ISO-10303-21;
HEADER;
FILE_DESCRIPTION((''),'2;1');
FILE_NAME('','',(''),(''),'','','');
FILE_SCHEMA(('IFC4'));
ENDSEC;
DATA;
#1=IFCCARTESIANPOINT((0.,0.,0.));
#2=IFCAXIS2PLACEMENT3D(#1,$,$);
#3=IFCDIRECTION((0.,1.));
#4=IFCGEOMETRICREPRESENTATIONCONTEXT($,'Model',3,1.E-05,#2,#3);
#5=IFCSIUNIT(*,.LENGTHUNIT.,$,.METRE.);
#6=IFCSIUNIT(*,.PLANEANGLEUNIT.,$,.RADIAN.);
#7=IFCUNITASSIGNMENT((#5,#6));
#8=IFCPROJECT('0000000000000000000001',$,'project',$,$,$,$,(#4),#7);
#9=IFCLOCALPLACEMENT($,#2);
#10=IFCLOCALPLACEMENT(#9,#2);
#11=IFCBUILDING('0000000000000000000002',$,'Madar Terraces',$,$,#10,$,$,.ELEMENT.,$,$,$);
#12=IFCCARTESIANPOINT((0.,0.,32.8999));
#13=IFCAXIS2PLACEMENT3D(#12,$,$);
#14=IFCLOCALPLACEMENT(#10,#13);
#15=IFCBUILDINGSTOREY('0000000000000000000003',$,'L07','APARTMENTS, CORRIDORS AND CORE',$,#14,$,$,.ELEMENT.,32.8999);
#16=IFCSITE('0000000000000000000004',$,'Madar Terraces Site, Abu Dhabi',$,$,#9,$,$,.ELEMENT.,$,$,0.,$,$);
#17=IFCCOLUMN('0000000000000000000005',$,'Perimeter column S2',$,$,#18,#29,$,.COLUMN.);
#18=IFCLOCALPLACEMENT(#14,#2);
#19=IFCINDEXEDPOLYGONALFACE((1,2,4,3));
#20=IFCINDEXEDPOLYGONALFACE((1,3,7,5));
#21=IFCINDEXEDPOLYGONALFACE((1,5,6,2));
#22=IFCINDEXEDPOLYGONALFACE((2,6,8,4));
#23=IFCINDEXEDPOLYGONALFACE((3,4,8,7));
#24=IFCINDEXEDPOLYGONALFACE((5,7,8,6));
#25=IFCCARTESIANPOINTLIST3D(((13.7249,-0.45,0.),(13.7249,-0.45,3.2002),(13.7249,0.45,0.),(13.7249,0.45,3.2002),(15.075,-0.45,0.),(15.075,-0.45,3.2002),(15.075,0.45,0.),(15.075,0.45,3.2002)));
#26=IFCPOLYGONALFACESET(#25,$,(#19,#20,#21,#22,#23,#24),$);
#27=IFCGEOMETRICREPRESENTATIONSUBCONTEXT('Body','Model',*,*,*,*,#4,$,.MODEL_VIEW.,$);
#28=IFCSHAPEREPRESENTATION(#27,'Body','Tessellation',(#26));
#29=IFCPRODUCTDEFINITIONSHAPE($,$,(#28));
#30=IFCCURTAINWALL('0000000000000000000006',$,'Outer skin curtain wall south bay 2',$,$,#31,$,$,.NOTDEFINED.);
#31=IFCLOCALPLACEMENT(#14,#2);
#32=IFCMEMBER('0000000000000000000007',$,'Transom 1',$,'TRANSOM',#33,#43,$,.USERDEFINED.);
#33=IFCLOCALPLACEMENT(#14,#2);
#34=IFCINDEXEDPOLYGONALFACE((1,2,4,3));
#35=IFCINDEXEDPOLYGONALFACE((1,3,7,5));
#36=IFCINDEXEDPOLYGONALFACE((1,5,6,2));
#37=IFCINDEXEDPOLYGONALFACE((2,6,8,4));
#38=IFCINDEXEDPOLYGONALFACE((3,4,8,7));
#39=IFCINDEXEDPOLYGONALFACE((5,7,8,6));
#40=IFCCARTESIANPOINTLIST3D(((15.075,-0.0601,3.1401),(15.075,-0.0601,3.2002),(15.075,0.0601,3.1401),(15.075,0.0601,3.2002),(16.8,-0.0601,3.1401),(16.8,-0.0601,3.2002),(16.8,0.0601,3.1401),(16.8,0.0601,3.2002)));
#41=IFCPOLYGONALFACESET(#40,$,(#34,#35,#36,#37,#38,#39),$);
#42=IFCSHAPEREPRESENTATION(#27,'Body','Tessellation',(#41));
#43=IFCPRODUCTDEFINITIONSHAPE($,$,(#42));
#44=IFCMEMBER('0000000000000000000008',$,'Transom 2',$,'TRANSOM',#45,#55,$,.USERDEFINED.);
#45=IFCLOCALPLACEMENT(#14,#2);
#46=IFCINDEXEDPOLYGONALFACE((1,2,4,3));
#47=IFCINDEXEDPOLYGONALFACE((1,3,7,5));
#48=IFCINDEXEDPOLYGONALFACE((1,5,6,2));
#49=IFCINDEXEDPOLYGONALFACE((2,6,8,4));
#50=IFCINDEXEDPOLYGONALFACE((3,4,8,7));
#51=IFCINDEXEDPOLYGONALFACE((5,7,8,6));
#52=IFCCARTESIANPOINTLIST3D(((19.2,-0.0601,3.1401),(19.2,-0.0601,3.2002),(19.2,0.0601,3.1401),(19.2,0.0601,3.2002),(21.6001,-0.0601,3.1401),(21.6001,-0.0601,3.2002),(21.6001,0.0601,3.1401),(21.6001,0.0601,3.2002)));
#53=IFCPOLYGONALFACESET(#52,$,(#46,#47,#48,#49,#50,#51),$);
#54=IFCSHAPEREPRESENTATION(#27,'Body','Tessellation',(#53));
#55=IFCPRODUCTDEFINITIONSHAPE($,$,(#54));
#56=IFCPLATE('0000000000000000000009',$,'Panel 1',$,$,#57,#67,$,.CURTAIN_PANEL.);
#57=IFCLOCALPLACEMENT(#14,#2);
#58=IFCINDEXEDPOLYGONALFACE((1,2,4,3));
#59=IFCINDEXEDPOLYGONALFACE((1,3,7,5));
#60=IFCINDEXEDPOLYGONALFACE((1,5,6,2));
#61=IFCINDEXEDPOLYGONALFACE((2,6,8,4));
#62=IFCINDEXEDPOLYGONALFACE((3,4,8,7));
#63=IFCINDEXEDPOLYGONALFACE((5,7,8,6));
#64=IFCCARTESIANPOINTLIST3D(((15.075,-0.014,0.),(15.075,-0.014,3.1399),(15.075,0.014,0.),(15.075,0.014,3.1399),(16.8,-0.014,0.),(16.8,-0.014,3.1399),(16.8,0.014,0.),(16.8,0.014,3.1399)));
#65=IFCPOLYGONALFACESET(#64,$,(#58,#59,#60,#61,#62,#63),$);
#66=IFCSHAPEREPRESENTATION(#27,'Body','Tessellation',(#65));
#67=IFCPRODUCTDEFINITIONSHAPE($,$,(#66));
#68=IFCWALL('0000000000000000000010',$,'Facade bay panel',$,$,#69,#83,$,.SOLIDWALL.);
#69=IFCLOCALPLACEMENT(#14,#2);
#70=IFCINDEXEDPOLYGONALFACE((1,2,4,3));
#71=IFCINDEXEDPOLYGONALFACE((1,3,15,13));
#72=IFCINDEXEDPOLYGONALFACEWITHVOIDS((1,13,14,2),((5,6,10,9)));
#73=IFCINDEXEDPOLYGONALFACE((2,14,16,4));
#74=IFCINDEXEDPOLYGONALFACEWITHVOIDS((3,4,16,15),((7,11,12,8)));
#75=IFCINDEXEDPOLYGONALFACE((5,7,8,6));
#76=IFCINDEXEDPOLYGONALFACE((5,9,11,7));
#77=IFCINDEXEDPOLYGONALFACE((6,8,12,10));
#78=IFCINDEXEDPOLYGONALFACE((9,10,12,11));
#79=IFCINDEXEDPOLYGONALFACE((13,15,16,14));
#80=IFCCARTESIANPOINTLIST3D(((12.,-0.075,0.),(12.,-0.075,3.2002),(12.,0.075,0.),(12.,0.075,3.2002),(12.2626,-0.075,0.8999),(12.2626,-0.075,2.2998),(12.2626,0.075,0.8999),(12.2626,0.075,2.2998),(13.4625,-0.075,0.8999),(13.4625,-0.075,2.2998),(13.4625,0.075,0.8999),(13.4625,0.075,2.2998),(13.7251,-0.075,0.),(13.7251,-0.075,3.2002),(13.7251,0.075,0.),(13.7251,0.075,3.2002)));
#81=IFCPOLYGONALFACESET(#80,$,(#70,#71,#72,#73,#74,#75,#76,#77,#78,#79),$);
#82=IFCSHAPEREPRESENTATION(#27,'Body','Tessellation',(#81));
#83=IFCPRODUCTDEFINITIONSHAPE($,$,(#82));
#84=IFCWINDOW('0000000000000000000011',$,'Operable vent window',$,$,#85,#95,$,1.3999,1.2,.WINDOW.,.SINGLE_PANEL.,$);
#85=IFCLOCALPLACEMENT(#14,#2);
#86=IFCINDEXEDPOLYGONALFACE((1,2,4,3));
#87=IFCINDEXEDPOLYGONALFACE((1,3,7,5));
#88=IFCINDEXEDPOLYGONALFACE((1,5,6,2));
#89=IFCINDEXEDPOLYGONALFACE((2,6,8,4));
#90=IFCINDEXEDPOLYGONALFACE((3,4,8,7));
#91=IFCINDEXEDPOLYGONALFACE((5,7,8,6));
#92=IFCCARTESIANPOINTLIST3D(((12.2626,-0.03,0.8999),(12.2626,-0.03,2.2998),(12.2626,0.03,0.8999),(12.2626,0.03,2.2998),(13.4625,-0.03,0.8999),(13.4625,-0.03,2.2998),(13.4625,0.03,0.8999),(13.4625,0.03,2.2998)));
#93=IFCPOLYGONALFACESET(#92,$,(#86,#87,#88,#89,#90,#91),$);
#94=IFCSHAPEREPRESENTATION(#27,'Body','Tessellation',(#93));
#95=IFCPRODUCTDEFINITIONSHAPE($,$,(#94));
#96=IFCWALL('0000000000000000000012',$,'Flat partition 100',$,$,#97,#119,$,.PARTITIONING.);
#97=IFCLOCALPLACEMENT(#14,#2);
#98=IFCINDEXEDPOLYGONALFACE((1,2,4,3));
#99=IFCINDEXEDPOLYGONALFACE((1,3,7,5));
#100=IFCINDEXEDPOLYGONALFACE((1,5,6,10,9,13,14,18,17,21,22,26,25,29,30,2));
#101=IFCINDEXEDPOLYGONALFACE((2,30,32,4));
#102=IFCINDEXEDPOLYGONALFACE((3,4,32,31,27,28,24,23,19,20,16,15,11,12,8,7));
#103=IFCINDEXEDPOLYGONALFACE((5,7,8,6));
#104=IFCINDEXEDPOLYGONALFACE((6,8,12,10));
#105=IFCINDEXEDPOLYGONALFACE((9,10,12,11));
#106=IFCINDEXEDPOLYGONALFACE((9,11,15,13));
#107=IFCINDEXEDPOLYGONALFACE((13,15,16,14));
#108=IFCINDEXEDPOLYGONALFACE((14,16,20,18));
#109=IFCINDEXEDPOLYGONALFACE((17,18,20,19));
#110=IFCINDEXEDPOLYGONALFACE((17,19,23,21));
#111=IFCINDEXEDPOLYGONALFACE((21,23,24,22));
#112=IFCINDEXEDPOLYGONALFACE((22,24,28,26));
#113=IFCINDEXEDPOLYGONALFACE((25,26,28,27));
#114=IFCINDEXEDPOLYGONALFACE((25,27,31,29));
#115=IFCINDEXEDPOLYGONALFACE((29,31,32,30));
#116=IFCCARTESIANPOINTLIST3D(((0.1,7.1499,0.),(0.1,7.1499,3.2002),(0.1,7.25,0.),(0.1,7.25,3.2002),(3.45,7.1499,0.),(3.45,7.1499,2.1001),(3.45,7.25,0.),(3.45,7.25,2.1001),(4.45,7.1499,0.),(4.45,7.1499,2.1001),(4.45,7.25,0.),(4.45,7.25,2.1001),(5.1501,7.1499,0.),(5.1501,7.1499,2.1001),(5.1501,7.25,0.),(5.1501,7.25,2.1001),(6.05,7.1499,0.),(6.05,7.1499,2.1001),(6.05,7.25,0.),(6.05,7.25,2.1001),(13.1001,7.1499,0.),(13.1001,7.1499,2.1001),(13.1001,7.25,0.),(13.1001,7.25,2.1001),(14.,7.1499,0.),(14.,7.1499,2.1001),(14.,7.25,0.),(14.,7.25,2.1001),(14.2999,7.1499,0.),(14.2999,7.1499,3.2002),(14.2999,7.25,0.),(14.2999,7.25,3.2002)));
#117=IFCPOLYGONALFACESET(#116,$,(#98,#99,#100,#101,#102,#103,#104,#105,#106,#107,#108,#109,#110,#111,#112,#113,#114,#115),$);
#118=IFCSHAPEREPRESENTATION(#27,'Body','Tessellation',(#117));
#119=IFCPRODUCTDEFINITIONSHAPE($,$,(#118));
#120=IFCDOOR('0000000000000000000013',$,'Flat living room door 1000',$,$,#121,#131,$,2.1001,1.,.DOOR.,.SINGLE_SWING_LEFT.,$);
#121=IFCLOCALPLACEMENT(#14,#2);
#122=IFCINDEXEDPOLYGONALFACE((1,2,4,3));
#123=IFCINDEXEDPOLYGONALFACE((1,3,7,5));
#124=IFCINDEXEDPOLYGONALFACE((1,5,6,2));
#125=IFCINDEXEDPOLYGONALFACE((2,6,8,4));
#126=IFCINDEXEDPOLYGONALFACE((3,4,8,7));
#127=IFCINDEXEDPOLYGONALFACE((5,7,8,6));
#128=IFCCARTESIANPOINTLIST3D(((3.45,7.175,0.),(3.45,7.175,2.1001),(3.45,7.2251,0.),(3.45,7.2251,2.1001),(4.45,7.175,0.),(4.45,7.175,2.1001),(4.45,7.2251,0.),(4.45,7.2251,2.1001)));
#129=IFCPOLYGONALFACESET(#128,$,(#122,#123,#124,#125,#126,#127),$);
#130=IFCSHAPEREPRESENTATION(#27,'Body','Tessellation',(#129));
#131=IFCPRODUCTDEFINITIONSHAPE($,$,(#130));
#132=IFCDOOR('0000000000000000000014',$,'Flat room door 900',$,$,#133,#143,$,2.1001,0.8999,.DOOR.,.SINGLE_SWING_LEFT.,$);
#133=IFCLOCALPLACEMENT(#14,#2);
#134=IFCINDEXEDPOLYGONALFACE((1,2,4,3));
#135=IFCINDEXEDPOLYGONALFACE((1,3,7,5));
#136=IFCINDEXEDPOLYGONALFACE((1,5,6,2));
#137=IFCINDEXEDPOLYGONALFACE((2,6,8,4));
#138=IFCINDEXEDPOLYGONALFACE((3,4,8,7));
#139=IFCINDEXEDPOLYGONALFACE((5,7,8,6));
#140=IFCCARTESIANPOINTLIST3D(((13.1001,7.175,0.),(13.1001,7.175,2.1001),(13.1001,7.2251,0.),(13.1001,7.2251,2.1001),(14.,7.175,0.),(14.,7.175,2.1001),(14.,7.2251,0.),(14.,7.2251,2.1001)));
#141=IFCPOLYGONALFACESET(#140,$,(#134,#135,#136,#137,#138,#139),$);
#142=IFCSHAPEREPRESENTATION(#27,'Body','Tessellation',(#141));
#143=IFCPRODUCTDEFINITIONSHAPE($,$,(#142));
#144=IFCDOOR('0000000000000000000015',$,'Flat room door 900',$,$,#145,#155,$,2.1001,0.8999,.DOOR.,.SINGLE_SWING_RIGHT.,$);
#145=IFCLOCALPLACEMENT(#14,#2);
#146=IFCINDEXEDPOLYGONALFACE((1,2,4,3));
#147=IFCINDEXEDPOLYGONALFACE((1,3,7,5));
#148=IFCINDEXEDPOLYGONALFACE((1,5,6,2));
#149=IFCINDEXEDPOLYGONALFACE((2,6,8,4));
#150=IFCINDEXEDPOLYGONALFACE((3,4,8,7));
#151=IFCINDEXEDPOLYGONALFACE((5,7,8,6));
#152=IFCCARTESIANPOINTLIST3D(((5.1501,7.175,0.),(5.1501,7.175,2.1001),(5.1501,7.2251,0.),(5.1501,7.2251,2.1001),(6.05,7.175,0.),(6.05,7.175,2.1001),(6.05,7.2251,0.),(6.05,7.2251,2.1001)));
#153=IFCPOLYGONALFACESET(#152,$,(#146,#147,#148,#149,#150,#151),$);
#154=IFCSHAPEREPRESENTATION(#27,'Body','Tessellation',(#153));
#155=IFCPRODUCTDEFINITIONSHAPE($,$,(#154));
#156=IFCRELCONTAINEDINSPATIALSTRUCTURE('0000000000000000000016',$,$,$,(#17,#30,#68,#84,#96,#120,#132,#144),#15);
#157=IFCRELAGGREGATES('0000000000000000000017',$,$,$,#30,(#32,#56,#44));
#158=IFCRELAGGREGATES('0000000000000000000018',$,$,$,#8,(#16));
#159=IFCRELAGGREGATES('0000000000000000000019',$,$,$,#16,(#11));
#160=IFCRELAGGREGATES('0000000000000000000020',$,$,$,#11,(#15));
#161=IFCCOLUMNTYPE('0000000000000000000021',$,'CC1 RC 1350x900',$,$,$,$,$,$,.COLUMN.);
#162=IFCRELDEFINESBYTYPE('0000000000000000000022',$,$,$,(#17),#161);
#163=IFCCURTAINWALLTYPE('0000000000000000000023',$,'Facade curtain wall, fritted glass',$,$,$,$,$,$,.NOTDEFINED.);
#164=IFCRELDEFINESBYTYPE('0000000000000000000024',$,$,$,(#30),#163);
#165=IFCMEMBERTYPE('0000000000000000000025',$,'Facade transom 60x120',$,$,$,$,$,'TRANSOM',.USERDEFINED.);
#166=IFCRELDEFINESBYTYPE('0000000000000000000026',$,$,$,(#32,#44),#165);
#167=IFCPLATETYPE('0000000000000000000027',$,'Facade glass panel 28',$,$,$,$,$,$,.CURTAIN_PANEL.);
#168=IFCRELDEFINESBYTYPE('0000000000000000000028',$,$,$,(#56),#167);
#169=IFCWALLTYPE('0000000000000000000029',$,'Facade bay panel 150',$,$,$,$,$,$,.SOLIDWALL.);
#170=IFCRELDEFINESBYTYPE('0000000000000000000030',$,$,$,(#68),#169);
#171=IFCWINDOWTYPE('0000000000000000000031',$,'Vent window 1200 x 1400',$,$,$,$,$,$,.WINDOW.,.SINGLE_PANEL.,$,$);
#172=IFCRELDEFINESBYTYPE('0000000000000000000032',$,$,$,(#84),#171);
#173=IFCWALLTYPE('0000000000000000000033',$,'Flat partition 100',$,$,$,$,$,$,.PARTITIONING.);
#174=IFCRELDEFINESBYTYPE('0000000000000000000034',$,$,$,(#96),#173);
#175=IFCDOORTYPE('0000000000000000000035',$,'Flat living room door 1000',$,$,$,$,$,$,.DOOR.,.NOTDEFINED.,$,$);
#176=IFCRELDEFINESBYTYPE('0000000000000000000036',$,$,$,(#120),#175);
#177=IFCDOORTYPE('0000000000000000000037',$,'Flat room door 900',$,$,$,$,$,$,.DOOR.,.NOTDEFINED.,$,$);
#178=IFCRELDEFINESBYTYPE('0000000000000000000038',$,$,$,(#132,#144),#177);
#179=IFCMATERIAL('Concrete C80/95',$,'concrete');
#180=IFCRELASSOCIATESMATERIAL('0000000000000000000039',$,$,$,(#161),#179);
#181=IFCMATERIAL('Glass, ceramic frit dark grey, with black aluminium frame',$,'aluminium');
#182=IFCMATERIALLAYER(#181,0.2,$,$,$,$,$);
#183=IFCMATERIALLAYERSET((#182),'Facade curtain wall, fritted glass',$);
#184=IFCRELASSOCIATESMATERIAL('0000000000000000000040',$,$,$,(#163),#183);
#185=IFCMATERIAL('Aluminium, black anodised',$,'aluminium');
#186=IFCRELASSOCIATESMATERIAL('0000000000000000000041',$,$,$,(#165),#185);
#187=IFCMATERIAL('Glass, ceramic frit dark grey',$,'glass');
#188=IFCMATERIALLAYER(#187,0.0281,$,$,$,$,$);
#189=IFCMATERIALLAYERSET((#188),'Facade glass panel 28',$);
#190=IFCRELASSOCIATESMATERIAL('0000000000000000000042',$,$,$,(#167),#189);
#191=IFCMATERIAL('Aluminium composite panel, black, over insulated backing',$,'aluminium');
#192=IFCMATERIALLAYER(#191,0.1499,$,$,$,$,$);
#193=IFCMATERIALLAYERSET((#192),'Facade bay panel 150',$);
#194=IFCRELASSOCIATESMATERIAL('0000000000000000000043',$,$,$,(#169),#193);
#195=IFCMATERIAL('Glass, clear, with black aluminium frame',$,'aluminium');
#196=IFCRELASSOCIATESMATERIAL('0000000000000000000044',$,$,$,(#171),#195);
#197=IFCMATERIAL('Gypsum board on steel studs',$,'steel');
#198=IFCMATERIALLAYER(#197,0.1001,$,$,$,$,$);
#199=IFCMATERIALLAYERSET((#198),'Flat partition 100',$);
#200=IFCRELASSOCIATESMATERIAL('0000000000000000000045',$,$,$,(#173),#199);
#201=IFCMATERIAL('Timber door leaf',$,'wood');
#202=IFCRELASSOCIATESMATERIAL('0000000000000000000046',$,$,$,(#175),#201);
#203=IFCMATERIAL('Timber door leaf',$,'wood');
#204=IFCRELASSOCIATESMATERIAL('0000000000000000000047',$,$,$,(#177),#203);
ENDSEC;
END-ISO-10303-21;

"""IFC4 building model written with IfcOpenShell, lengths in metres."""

from ifc_helpers import new_model, si_unit, direction, frame, frame_2d, origin, origin_2d, place, context, subcontext, project, spatial, rectangle, extrude, material, layer, layer_set, material_profile, profile_set, type_object, element, fill, aggregate, save


model = new_model("IFC4")

# Units and contexts
model_context = context("Model", 3, precision=1e-05, world=origin(), true_north=direction((0.0, 1.0)))
body_context = subcontext(model_context, "Body", "Model", "MODEL_VIEW")
ifc_project = project(units=[si_unit("LENGTHUNIT", "METRE"), si_unit("PLANEANGLEUNIT", "RADIAN")], contexts=[model_context])

# Site, building, storey
site_placement = place(None, origin())
site = spatial("IfcSite", under=ifc_project, at=site_placement, Name="Madar Terraces Site, Abu Dhabi", CompositionType="ELEMENT", RefElevation=0.0)
building_placement = place(site_placement, origin())
building = spatial("IfcBuilding", under=site, at=building_placement, Name="Madar Terraces", CompositionType="ELEMENT")
storey_placement = place(building_placement, frame((0.0, 0.0, 32.8999)))
storey = spatial("IfcBuildingStorey", under=building, at=storey_placement, Name="L07", Description="APARTMENTS, CORRIDORS AND CORE", CompositionType="ELEMENT", Elevation=32.8999)

# Column
ifc_material_1 = material(Name="Concrete C80/95", Category="concrete")
ifc_material_profile_1 = material_profile(ifc_material_1, rectangle(XDim=1.3501, YDim=0.8999, at=origin_2d()), Name="CC1 RC 1350x900")
ifc_profile_set_1 = profile_set([ifc_material_profile_1], Name="Concrete C80/95")
column_type = type_object("IfcColumnType", Name="CC1 RC 1350x900", PredefinedType="COLUMN", material=ifc_profile_set_1)
column_placement = place(storey_placement, frame((14.3999, 0.0, 0.0), z_axis=(0.0, 0.0, 1.0), x_axis=(1.0, 0.0, 0.0)))
element("IfcColumn", 1, at=column_placement, inside=storey, type_object=column_type, Name="Perimeter column S2", PredefinedType="COLUMN", context=body_context, shape_type="SweptSolid", body=[
    extrude(rectangle(XDim=1.3501, YDim=0.8999, at=origin_2d()), origin(), (0.0, 0.0, 1.0), 3.2002),
])

# Curtain wall, members, plate
ifc_material_2 = material(Name="Glass, ceramic frit dark grey, with black aluminium frame", Category="aluminium")
ifc_layer_1 = layer(ifc_material_2, 0.2)
ifc_layer_set_1 = layer_set([ifc_layer_1], Name="Facade curtain wall, fritted glass")
curtain_wall_type = type_object("IfcCurtainWallType", Name="Facade curtain wall, fritted glass", PredefinedType="NOTDEFINED", material=ifc_layer_set_1)
curtain_wall_placement = place(storey_placement, origin())
curtain_wall = element("IfcCurtainWall", 2, at=curtain_wall_placement, inside=storey, type_object=curtain_wall_type, Name="Outer skin curtain wall south bay 2", PredefinedType="NOTDEFINED")
ifc_material_3 = material(Name="Aluminium, black anodised", Category="aluminium")
ifc_material_profile_2 = material_profile(ifc_material_3, rectangle(XDim=0.1201, YDim=0.0601, at=origin_2d()), Name="Facade transom 60x120")
ifc_profile_set_2 = profile_set([ifc_material_profile_2], Name="Aluminium, black anodised")
member_type = type_object("IfcMemberType", Name="Facade transom 60x120", ElementType="TRANSOM", PredefinedType="USERDEFINED", material=ifc_profile_set_2)
member_1_placement = place(storey_placement, frame((15.075, 0.0, 3.1702), z_axis=(1.0, 0.0, 0.0), x_axis=(0.0, 1.0, 0.0)))
member_1 = element("IfcMember", 3, at=member_1_placement, type_object=member_type, Name="Transom 1", ObjectType="TRANSOM", PredefinedType="USERDEFINED", context=body_context, shape_type="SweptSolid", body=[
    extrude(rectangle(XDim=0.1201, YDim=0.0601, at=origin_2d()), origin(), (0.0, 0.0, 1.0), 1.7251),
])
member_2_placement = place(storey_placement, frame((19.2, 0.0, 3.1702), z_axis=(1.0, 0.0, 0.0), x_axis=(0.0, 1.0, 0.0)))
member_2 = element("IfcMember", 4, at=member_2_placement, type_object=member_type, Name="Transom 2", ObjectType="TRANSOM", PredefinedType="USERDEFINED", context=body_context, shape_type="SweptSolid", body=[
    extrude(rectangle(XDim=0.1201, YDim=0.0601, at=origin_2d()), origin(), (0.0, 0.0, 1.0), 2.4001),
])
ifc_material_4 = material(Name="Glass, ceramic frit dark grey", Category="glass")
ifc_layer_2 = layer(ifc_material_4, 0.0281)
ifc_layer_set_2 = layer_set([ifc_layer_2], Name="Facade glass panel 28")
plate_type = type_object("IfcPlateType", Name="Facade glass panel 28", PredefinedType="CURTAIN_PANEL", material=ifc_layer_set_2)
plate_placement = place(storey_placement, frame((15.9375, 0.0, 0.0), z_axis=(0.0, 0.0, 1.0), x_axis=(1.0, 0.0, 0.0)))
plate = element("IfcPlate", 5, at=plate_placement, type_object=plate_type, Name="Panel 1", PredefinedType="CURTAIN_PANEL", context=body_context, shape_type="SweptSolid", body=[
    extrude(rectangle(XDim=1.7251, YDim=0.0281, at=origin_2d()), origin(), (0.0, 0.0, 1.0), 3.1399),
])
aggregate(curtain_wall, [member_1, plate, member_2])

# Wall, opening, window
ifc_material_5 = material(Name="Aluminium composite panel, black, over insulated backing", Category="aluminium")
ifc_layer_3 = layer(ifc_material_5, 0.1499)
ifc_layer_set_3 = layer_set([ifc_layer_3], Name="Facade bay panel 150")
wall_type_1 = type_object("IfcWallType", Name="Facade bay panel 150", PredefinedType="SOLIDWALL", material=ifc_layer_set_3)
wall_1_placement = place(storey_placement, frame((12.0, 0.0, 0.0), z_axis=(0.0, 0.0, 1.0), x_axis=(1.0, 0.0, 0.0)))
wall_1 = element("IfcWall", 6, at=wall_1_placement, inside=storey, type_object=wall_type_1, Name="Facade bay panel", PredefinedType="SOLIDWALL", context=body_context, shape_type="SweptSolid", body=[
    extrude(rectangle(XDim=1.7251, YDim=0.1499, at=frame_2d((0.8625, 0.0))), origin(), (0.0, 0.0, 1.0), 3.2002),
])
opening_1_placement = place(wall_1_placement, frame((0.2625, 0.0, 0.8999)))
opening_1 = element("IfcOpeningElement", 7, at=opening_1_placement, cuts=wall_1, PredefinedType="OPENING", context=body_context, shape_type="SweptSolid", body=[
    extrude(rectangle(XDim=1.2, YDim=1.3999, at=frame_2d((0.6001, 0.7))), frame((0.0, 0.085, 0.0), z_axis=(0.0, -1.0, 0.0), x_axis=(1.0, 0.0, 0.0)), (0.0, 0.0, 1.0), 0.1699),
])
ifc_material_6 = material(Name="Glass, clear, with black aluminium frame", Category="aluminium")
window_type = type_object("IfcWindowType", Name="Vent window 1200 x 1400", PartitioningType="SINGLE_PANEL", PredefinedType="WINDOW", material=ifc_material_6)
window_placement = place(opening_1_placement, origin())
window = element("IfcWindow", 8, at=window_placement, inside=storey, type_object=window_type, Name="Operable vent window", OverallHeight=1.3999, OverallWidth=1.2, PartitioningType="SINGLE_PANEL", PredefinedType="WINDOW", context=body_context, shape_type="SweptSolid", body=[
    extrude(rectangle(XDim=1.2, YDim=1.3999, at=frame_2d((0.6001, 0.7))), frame((0.0, 0.03, 0.0), z_axis=(0.0, -1.0, 0.0), x_axis=(1.0, 0.0, 0.0)), (0.0, 0.0, 1.0), 0.0601),
])
fill(opening_1, window)

# Wall, openings, doors
ifc_material_7 = material(Name="Gypsum board on steel studs", Category="steel")
ifc_layer_4 = layer(ifc_material_7, 0.1001)
ifc_layer_set_4 = layer_set([ifc_layer_4], Name="Flat partition 100")
wall_type_2 = type_object("IfcWallType", Name="Flat partition 100", PredefinedType="PARTITIONING", material=ifc_layer_set_4)
wall_2_placement = place(storey_placement, frame((14.3, 7.2, 0.0), z_axis=(0.0, 0.0, 1.0), x_axis=(-1.0, 0.0, 0.0)))
wall_2 = element("IfcWall", 9, at=wall_2_placement, inside=storey, type_object=wall_type_2, Name="Flat partition 100", PredefinedType="PARTITIONING", context=body_context, shape_type="SweptSolid", body=[
    extrude(rectangle(XDim=14.2, YDim=0.1001, at=frame_2d((7.1001, 0.0))), origin(), (0.0, 0.0, 1.0), 3.2002),
])
opening_2_placement = place(wall_2_placement, frame((0.3, 0.0, 0.0)))
opening_2 = element("IfcOpeningElement", 10, at=opening_2_placement, cuts=wall_2, PredefinedType="OPENING", context=body_context, shape_type="SweptSolid", body=[
    extrude(rectangle(XDim=0.8999, YDim=2.1001, at=frame_2d((0.45, 1.05))), frame((0.0, 0.0601, 0.0), z_axis=(0.0, -1.0, 0.0), x_axis=(1.0, 0.0, 0.0)), (0.0, 0.0, 1.0), 0.1201),
])
opening_3_placement = place(wall_2_placement, frame((8.25, 0.0, 0.0)))
opening_3 = element("IfcOpeningElement", 11, at=opening_3_placement, cuts=wall_2, PredefinedType="OPENING", context=body_context, shape_type="SweptSolid", body=[
    extrude(rectangle(XDim=0.8999, YDim=2.1001, at=frame_2d((0.45, 1.05))), frame((0.0, 0.0601, 0.0), z_axis=(0.0, -1.0, 0.0), x_axis=(1.0, 0.0, 0.0)), (0.0, 0.0, 1.0), 0.1201),
])
opening_4_placement = place(wall_2_placement, frame((9.8501, 0.0, 0.0)))
opening_4 = element("IfcOpeningElement", 12, at=opening_4_placement, cuts=wall_2, PredefinedType="OPENING", context=body_context, shape_type="SweptSolid", body=[
    extrude(rectangle(XDim=1.0, YDim=2.1001, at=frame_2d((0.5, 1.05))), frame((0.0, 0.0601, 0.0), z_axis=(0.0, -1.0, 0.0), x_axis=(1.0, 0.0, 0.0)), (0.0, 0.0, 1.0), 0.1201),
])
ifc_material_8 = material(Name="Timber door leaf", Category="wood")
door_type_1 = type_object("IfcDoorType", Name="Flat living room door 1000", OperationType="NOTDEFINED", PredefinedType="DOOR", material=ifc_material_8)
door_1_placement = place(opening_4_placement, origin())
door_1 = element("IfcDoor", 13, at=door_1_placement, inside=storey, type_object=door_type_1, Name="Flat living room door 1000", OperationType="SINGLE_SWING_LEFT", OverallHeight=2.1001, OverallWidth=1.0, PredefinedType="DOOR", context=body_context, shape_type="SweptSolid", body=[
    extrude(rectangle(XDim=1.0, YDim=2.1001, at=frame_2d((0.5, 1.05))), frame((0.0, 0.0249, 0.0), z_axis=(0.0, -1.0, 0.0), x_axis=(1.0, 0.0, 0.0)), (0.0, 0.0, 1.0), 0.05),
])
fill(opening_4, door_1)
ifc_material_9 = material(Name="Timber door leaf", Category="wood")
door_type_2 = type_object("IfcDoorType", Name="Flat room door 900", OperationType="NOTDEFINED", PredefinedType="DOOR", material=ifc_material_9)
door_2_placement = place(opening_2_placement, origin())
door_2 = element("IfcDoor", 14, at=door_2_placement, inside=storey, type_object=door_type_2, Name="Flat room door 900", OperationType="SINGLE_SWING_LEFT", OverallHeight=2.1001, OverallWidth=0.8999, PredefinedType="DOOR", context=body_context, shape_type="SweptSolid", body=[
    extrude(rectangle(XDim=0.8999, YDim=2.1001, at=frame_2d((0.45, 1.05))), frame((0.0, 0.0249, 0.0), z_axis=(0.0, -1.0, 0.0), x_axis=(1.0, 0.0, 0.0)), (0.0, 0.0, 1.0), 0.05),
])
fill(opening_2, door_2)
door_3_placement = place(opening_3_placement, origin())
door_3 = element("IfcDoor", 15, at=door_3_placement, inside=storey, type_object=door_type_2, Name="Flat room door 900", OperationType="SINGLE_SWING_RIGHT", OverallHeight=2.1001, OverallWidth=0.8999, PredefinedType="DOOR", context=body_context, shape_type="SweptSolid", body=[
    extrude(rectangle(XDim=0.8999, YDim=2.1001, at=frame_2d((0.45, 1.05))), frame((0.0, 0.0249, 0.0), z_axis=(0.0, -1.0, 0.0), x_axis=(1.0, 0.0, 0.0)), (0.0, 0.0, 1.0), 0.05),
])
fill(opening_3, door_3)

save(model, "model.ifc")
